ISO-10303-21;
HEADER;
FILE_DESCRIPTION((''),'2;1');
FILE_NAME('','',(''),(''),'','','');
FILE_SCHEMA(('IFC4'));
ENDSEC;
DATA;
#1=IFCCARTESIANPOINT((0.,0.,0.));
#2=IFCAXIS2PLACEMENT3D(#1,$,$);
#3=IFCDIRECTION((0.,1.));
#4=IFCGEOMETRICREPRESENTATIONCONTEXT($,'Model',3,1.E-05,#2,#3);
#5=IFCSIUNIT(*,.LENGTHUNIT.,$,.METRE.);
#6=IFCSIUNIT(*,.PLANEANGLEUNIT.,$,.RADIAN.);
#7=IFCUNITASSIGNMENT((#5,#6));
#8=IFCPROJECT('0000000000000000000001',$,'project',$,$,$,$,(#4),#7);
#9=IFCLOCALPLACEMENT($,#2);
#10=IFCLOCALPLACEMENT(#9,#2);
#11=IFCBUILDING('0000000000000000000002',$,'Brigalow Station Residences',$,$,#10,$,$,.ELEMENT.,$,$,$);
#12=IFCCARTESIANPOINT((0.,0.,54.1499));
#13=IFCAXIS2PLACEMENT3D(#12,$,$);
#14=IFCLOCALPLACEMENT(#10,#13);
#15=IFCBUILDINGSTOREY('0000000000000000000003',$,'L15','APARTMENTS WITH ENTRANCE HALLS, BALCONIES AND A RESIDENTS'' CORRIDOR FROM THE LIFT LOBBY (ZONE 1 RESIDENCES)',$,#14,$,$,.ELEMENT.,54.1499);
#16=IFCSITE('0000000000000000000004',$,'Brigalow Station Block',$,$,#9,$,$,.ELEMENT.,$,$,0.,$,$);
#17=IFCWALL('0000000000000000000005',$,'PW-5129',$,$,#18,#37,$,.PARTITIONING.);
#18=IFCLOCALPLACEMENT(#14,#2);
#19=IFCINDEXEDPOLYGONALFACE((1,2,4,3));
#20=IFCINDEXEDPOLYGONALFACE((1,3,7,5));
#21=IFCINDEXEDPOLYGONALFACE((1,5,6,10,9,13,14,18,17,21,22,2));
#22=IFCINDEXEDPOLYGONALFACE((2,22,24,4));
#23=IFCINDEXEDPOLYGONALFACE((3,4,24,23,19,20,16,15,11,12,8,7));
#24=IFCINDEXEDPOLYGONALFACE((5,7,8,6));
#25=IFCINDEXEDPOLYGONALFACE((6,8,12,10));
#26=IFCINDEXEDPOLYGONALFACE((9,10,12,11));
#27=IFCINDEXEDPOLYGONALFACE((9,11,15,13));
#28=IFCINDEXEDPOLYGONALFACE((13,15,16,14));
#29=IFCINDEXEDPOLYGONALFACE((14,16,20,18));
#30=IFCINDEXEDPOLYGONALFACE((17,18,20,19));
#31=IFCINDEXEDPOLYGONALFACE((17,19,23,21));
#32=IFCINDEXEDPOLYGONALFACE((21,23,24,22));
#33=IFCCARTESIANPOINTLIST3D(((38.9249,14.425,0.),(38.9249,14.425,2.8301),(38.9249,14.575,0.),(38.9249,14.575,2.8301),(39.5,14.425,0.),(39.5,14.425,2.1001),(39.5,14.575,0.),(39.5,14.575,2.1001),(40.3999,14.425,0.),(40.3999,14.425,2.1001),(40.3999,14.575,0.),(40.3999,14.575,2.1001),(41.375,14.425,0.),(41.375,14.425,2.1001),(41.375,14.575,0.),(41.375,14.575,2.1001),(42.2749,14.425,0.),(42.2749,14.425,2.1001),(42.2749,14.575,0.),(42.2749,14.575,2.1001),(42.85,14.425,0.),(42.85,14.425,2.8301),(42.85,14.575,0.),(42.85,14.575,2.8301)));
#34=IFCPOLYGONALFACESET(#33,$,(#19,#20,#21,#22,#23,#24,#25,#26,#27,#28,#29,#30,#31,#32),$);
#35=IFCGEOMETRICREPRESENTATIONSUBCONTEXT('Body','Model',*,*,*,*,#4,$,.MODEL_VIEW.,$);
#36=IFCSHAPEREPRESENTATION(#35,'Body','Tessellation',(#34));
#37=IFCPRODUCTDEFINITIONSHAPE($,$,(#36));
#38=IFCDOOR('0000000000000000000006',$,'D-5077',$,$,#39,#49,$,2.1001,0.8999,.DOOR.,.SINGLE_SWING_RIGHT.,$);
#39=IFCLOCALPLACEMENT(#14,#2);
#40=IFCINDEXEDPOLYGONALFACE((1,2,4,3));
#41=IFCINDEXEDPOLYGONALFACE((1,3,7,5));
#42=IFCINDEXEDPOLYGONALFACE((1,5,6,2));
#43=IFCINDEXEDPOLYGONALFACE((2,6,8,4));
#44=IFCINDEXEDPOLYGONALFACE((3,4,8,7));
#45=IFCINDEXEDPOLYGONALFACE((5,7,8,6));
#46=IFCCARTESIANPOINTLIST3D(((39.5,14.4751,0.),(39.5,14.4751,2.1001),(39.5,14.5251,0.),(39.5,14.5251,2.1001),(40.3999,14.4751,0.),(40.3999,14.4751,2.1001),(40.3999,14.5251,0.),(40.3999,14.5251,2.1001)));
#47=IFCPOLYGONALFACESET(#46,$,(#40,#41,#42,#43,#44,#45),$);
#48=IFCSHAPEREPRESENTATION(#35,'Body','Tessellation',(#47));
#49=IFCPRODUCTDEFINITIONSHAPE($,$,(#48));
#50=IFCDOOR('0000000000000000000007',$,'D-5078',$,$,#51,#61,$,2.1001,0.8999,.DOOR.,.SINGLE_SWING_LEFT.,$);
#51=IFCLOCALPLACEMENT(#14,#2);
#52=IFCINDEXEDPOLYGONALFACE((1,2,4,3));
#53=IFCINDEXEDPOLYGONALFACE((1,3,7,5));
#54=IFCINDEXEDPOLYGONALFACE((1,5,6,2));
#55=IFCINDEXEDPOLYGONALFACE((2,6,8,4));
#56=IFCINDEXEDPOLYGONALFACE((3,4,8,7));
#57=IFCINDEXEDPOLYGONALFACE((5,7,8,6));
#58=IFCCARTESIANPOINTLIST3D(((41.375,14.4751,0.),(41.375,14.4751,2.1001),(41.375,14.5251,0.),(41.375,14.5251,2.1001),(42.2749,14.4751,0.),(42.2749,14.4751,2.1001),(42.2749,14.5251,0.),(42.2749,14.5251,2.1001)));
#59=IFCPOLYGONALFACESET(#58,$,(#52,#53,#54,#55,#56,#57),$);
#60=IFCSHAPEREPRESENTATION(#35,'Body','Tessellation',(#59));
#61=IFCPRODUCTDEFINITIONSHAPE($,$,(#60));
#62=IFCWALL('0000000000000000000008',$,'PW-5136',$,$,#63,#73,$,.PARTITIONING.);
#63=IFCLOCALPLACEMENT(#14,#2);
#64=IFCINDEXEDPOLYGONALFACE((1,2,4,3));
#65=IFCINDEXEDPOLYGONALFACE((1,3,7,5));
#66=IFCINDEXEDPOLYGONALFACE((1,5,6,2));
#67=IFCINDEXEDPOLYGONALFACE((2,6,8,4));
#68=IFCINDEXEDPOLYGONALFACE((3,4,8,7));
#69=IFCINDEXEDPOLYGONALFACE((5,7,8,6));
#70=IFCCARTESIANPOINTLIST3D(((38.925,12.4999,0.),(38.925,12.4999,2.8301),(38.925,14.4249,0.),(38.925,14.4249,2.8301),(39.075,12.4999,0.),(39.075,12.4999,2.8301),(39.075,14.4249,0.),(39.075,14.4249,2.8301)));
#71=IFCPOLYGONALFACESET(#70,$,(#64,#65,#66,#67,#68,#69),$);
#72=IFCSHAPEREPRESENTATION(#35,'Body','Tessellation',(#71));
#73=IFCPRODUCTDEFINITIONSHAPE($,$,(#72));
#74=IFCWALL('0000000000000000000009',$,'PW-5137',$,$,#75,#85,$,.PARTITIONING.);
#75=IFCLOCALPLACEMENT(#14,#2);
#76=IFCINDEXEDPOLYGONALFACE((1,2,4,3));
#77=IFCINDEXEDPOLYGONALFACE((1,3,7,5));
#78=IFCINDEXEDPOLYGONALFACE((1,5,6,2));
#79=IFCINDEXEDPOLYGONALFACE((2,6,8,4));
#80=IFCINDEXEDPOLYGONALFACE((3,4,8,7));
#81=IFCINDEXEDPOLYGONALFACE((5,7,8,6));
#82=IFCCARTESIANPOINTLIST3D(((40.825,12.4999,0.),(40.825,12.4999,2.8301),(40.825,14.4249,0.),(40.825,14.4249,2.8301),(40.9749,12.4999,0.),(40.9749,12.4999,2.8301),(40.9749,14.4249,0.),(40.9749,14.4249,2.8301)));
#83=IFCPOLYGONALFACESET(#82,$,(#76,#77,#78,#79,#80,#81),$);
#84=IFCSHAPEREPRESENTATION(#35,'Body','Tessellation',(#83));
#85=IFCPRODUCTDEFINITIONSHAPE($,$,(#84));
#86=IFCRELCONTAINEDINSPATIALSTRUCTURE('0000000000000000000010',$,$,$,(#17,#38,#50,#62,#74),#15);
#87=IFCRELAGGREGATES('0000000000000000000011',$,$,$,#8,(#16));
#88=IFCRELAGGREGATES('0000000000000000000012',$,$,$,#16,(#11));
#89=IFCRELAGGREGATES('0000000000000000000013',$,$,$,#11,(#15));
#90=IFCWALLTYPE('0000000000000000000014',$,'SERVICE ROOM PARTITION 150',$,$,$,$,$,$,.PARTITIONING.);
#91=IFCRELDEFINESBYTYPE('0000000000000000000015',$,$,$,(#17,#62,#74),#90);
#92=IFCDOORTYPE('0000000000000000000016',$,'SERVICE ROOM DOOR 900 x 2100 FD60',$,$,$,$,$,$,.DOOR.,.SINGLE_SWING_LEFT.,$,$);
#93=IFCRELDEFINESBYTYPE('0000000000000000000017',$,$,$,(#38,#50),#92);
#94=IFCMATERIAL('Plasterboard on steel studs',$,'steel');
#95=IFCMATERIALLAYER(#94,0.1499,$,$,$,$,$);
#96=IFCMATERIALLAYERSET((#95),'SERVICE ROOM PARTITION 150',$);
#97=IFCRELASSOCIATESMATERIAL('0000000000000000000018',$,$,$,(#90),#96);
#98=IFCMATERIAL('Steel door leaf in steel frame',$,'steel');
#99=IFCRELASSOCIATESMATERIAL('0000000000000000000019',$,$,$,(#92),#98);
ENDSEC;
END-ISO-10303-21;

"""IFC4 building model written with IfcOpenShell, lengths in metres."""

from ifc_helpers import new_model, si_unit, direction, frame, frame_2d, origin, place, context, subcontext, project, spatial, rectangle, extrude, material, layer, layer_set, type_object, element, fill, save


model = new_model("IFC4")

# Units and contexts
model_context = context("Model", 3, precision=1e-05, world=origin(), true_north=direction((0.0, 1.0)))
body_context = subcontext(model_context, "Body", "Model", "MODEL_VIEW")
ifc_project = project(units=[si_unit("LENGTHUNIT", "METRE"), si_unit("PLANEANGLEUNIT", "RADIAN")], contexts=[model_context])

# Site, building, storey
site_placement = place(None, origin())
site = spatial("IfcSite", under=ifc_project, at=site_placement, Name="Brigalow Station Block", CompositionType="ELEMENT", RefElevation=0.0)
building_placement = place(site_placement, origin())
building = spatial("IfcBuilding", under=site, at=building_placement, Name="Brigalow Station Residences", CompositionType="ELEMENT")
storey_placement = place(building_placement, frame((0.0, 0.0, 54.1499)))
storey = spatial("IfcBuildingStorey", under=building, at=storey_placement, Name="L15", Description="APARTMENTS WITH ENTRANCE HALLS, BALCONIES AND A RESIDENTS' CORRIDOR FROM THE LIFT LOBBY (ZONE 1 RESIDENCES)", CompositionType="ELEMENT", Elevation=54.1499)

# Wall, openings, doors
ifc_material_1 = material(Name="Plasterboard on steel studs", Category="steel")
ifc_layer_1 = layer(ifc_material_1, 0.1499)
ifc_layer_set_1 = layer_set([ifc_layer_1], Name="SERVICE ROOM PARTITION 150")
wall_type_1 = type_object("IfcWallType", Name="SERVICE ROOM PARTITION 150", PredefinedType="PARTITIONING", material=ifc_layer_set_1)
wall_1_placement = place(storey_placement, frame((38.925, 14.5, 0.0), z_axis=(0.0, 0.0, 1.0), x_axis=(1.0, 0.0, 0.0)))
wall_1 = element("IfcWall", 1, at=wall_1_placement, inside=storey, type_object=wall_type_1, Name="PW-5129", PredefinedType="PARTITIONING", context=body_context, shape_type="SweptSolid", body=[
    extrude(rectangle(XDim=3.925, YDim=0.1499, at=frame_2d((1.9624, 0.0))), origin(), (0.0, 0.0, 1.0), 2.8301),
])
opening_1_placement = place(wall_1_placement, frame((0.575, 0.0, 0.0)))
opening_1 = element("IfcOpeningElement", 2, at=opening_1_placement, cuts=wall_1, PredefinedType="OPENING", context=body_context, shape_type="SweptSolid", body=[
    extrude(rectangle(XDim=0.8999, YDim=2.1001, at=frame_2d((0.45, 1.05))), frame((0.0, 0.085, 0.0), z_axis=(0.0, -1.0, 0.0), x_axis=(1.0, 0.0, 0.0)), (0.0, 0.0, 1.0), 0.1699),
])
opening_2_placement = place(wall_1_placement, frame((2.45, 0.0, 0.0)))
opening_2 = element("IfcOpeningElement", 3, at=opening_2_placement, cuts=wall_1, PredefinedType="OPENING", context=body_context, shape_type="SweptSolid", body=[
    extrude(rectangle(XDim=0.8999, YDim=2.1001, at=frame_2d((0.45, 1.05))), frame((0.0, 0.085, 0.0), z_axis=(0.0, -1.0, 0.0), x_axis=(1.0, 0.0, 0.0)), (0.0, 0.0, 1.0), 0.1699),
])
ifc_material_2 = material(Name="Steel door leaf in steel frame", Category="steel")
door_type_1 = type_object("IfcDoorType", Name="SERVICE ROOM DOOR 900 x 2100 FD60", OperationType="SINGLE_SWING_LEFT", PredefinedType="DOOR", material=ifc_material_2)
door_1_placement = place(opening_1_placement, frame((0.8999, 0.0, 0.0), z_axis=(0.0, 0.0, 1.0), x_axis=(-1.0, 0.0, 0.0)))
door_1 = element("IfcDoor", 4, at=door_1_placement, inside=storey, type_object=door_type_1, Name="D-5077", OperationType="SINGLE_SWING_RIGHT", OverallHeight=2.1001, OverallWidth=0.8999, PredefinedType="DOOR", context=body_context, shape_type="SweptSolid", body=[
    extrude(rectangle(XDim=0.8999, YDim=2.1001, at=frame_2d((0.45, 1.05))), frame((0.0, 0.0249, 0.0), z_axis=(0.0, -1.0, 0.0), x_axis=(1.0, 0.0, 0.0)), (0.0, 0.0, 1.0), 0.05),
])
fill(opening_1, door_1)
door_2_placement = place(opening_2_placement, frame((0.8999, 0.0, 0.0), z_axis=(0.0, 0.0, 1.0), x_axis=(-1.0, 0.0, 0.0)))
door_2 = element("IfcDoor", 5, at=door_2_placement, inside=storey, type_object=door_type_1, Name="D-5078", OperationType="SINGLE_SWING_LEFT", OverallHeight=2.1001, OverallWidth=0.8999, PredefinedType="DOOR", context=body_context, shape_type="SweptSolid", body=[
    extrude(rectangle(XDim=0.8999, YDim=2.1001, at=frame_2d((0.45, 1.05))), frame((0.0, 0.0249, 0.0), z_axis=(0.0, -1.0, 0.0), x_axis=(1.0, 0.0, 0.0)), (0.0, 0.0, 1.0), 0.05),
])
fill(opening_2, door_2)

# Walls
for number, where, z_axis, x_axis, name in (
    (6, (39.0, 12.5, 0.0), (0.0, 0.0, 1.0), (0.0, 1.0, 0.0), "PW-5136"),
    (7, (40.8999, 12.5, 0.0), (0.0, 0.0, 1.0), (0.0, 1.0, 0.0), "PW-5137"),
):
    element("IfcWall", number, at=place(storey_placement, frame(where, z_axis=z_axis, x_axis=x_axis)), inside=storey, type_object=wall_type_1, Name=name, PredefinedType="PARTITIONING", context=body_context, shape_type="SweptSolid", body=[
        extrude(rectangle(XDim=1.925, YDim=0.1499, at=frame_2d((0.9624, 0.0))), origin(), (0.0, 0.0, 1.0), 2.8301),
    ])

save(model, "model.ifc")
